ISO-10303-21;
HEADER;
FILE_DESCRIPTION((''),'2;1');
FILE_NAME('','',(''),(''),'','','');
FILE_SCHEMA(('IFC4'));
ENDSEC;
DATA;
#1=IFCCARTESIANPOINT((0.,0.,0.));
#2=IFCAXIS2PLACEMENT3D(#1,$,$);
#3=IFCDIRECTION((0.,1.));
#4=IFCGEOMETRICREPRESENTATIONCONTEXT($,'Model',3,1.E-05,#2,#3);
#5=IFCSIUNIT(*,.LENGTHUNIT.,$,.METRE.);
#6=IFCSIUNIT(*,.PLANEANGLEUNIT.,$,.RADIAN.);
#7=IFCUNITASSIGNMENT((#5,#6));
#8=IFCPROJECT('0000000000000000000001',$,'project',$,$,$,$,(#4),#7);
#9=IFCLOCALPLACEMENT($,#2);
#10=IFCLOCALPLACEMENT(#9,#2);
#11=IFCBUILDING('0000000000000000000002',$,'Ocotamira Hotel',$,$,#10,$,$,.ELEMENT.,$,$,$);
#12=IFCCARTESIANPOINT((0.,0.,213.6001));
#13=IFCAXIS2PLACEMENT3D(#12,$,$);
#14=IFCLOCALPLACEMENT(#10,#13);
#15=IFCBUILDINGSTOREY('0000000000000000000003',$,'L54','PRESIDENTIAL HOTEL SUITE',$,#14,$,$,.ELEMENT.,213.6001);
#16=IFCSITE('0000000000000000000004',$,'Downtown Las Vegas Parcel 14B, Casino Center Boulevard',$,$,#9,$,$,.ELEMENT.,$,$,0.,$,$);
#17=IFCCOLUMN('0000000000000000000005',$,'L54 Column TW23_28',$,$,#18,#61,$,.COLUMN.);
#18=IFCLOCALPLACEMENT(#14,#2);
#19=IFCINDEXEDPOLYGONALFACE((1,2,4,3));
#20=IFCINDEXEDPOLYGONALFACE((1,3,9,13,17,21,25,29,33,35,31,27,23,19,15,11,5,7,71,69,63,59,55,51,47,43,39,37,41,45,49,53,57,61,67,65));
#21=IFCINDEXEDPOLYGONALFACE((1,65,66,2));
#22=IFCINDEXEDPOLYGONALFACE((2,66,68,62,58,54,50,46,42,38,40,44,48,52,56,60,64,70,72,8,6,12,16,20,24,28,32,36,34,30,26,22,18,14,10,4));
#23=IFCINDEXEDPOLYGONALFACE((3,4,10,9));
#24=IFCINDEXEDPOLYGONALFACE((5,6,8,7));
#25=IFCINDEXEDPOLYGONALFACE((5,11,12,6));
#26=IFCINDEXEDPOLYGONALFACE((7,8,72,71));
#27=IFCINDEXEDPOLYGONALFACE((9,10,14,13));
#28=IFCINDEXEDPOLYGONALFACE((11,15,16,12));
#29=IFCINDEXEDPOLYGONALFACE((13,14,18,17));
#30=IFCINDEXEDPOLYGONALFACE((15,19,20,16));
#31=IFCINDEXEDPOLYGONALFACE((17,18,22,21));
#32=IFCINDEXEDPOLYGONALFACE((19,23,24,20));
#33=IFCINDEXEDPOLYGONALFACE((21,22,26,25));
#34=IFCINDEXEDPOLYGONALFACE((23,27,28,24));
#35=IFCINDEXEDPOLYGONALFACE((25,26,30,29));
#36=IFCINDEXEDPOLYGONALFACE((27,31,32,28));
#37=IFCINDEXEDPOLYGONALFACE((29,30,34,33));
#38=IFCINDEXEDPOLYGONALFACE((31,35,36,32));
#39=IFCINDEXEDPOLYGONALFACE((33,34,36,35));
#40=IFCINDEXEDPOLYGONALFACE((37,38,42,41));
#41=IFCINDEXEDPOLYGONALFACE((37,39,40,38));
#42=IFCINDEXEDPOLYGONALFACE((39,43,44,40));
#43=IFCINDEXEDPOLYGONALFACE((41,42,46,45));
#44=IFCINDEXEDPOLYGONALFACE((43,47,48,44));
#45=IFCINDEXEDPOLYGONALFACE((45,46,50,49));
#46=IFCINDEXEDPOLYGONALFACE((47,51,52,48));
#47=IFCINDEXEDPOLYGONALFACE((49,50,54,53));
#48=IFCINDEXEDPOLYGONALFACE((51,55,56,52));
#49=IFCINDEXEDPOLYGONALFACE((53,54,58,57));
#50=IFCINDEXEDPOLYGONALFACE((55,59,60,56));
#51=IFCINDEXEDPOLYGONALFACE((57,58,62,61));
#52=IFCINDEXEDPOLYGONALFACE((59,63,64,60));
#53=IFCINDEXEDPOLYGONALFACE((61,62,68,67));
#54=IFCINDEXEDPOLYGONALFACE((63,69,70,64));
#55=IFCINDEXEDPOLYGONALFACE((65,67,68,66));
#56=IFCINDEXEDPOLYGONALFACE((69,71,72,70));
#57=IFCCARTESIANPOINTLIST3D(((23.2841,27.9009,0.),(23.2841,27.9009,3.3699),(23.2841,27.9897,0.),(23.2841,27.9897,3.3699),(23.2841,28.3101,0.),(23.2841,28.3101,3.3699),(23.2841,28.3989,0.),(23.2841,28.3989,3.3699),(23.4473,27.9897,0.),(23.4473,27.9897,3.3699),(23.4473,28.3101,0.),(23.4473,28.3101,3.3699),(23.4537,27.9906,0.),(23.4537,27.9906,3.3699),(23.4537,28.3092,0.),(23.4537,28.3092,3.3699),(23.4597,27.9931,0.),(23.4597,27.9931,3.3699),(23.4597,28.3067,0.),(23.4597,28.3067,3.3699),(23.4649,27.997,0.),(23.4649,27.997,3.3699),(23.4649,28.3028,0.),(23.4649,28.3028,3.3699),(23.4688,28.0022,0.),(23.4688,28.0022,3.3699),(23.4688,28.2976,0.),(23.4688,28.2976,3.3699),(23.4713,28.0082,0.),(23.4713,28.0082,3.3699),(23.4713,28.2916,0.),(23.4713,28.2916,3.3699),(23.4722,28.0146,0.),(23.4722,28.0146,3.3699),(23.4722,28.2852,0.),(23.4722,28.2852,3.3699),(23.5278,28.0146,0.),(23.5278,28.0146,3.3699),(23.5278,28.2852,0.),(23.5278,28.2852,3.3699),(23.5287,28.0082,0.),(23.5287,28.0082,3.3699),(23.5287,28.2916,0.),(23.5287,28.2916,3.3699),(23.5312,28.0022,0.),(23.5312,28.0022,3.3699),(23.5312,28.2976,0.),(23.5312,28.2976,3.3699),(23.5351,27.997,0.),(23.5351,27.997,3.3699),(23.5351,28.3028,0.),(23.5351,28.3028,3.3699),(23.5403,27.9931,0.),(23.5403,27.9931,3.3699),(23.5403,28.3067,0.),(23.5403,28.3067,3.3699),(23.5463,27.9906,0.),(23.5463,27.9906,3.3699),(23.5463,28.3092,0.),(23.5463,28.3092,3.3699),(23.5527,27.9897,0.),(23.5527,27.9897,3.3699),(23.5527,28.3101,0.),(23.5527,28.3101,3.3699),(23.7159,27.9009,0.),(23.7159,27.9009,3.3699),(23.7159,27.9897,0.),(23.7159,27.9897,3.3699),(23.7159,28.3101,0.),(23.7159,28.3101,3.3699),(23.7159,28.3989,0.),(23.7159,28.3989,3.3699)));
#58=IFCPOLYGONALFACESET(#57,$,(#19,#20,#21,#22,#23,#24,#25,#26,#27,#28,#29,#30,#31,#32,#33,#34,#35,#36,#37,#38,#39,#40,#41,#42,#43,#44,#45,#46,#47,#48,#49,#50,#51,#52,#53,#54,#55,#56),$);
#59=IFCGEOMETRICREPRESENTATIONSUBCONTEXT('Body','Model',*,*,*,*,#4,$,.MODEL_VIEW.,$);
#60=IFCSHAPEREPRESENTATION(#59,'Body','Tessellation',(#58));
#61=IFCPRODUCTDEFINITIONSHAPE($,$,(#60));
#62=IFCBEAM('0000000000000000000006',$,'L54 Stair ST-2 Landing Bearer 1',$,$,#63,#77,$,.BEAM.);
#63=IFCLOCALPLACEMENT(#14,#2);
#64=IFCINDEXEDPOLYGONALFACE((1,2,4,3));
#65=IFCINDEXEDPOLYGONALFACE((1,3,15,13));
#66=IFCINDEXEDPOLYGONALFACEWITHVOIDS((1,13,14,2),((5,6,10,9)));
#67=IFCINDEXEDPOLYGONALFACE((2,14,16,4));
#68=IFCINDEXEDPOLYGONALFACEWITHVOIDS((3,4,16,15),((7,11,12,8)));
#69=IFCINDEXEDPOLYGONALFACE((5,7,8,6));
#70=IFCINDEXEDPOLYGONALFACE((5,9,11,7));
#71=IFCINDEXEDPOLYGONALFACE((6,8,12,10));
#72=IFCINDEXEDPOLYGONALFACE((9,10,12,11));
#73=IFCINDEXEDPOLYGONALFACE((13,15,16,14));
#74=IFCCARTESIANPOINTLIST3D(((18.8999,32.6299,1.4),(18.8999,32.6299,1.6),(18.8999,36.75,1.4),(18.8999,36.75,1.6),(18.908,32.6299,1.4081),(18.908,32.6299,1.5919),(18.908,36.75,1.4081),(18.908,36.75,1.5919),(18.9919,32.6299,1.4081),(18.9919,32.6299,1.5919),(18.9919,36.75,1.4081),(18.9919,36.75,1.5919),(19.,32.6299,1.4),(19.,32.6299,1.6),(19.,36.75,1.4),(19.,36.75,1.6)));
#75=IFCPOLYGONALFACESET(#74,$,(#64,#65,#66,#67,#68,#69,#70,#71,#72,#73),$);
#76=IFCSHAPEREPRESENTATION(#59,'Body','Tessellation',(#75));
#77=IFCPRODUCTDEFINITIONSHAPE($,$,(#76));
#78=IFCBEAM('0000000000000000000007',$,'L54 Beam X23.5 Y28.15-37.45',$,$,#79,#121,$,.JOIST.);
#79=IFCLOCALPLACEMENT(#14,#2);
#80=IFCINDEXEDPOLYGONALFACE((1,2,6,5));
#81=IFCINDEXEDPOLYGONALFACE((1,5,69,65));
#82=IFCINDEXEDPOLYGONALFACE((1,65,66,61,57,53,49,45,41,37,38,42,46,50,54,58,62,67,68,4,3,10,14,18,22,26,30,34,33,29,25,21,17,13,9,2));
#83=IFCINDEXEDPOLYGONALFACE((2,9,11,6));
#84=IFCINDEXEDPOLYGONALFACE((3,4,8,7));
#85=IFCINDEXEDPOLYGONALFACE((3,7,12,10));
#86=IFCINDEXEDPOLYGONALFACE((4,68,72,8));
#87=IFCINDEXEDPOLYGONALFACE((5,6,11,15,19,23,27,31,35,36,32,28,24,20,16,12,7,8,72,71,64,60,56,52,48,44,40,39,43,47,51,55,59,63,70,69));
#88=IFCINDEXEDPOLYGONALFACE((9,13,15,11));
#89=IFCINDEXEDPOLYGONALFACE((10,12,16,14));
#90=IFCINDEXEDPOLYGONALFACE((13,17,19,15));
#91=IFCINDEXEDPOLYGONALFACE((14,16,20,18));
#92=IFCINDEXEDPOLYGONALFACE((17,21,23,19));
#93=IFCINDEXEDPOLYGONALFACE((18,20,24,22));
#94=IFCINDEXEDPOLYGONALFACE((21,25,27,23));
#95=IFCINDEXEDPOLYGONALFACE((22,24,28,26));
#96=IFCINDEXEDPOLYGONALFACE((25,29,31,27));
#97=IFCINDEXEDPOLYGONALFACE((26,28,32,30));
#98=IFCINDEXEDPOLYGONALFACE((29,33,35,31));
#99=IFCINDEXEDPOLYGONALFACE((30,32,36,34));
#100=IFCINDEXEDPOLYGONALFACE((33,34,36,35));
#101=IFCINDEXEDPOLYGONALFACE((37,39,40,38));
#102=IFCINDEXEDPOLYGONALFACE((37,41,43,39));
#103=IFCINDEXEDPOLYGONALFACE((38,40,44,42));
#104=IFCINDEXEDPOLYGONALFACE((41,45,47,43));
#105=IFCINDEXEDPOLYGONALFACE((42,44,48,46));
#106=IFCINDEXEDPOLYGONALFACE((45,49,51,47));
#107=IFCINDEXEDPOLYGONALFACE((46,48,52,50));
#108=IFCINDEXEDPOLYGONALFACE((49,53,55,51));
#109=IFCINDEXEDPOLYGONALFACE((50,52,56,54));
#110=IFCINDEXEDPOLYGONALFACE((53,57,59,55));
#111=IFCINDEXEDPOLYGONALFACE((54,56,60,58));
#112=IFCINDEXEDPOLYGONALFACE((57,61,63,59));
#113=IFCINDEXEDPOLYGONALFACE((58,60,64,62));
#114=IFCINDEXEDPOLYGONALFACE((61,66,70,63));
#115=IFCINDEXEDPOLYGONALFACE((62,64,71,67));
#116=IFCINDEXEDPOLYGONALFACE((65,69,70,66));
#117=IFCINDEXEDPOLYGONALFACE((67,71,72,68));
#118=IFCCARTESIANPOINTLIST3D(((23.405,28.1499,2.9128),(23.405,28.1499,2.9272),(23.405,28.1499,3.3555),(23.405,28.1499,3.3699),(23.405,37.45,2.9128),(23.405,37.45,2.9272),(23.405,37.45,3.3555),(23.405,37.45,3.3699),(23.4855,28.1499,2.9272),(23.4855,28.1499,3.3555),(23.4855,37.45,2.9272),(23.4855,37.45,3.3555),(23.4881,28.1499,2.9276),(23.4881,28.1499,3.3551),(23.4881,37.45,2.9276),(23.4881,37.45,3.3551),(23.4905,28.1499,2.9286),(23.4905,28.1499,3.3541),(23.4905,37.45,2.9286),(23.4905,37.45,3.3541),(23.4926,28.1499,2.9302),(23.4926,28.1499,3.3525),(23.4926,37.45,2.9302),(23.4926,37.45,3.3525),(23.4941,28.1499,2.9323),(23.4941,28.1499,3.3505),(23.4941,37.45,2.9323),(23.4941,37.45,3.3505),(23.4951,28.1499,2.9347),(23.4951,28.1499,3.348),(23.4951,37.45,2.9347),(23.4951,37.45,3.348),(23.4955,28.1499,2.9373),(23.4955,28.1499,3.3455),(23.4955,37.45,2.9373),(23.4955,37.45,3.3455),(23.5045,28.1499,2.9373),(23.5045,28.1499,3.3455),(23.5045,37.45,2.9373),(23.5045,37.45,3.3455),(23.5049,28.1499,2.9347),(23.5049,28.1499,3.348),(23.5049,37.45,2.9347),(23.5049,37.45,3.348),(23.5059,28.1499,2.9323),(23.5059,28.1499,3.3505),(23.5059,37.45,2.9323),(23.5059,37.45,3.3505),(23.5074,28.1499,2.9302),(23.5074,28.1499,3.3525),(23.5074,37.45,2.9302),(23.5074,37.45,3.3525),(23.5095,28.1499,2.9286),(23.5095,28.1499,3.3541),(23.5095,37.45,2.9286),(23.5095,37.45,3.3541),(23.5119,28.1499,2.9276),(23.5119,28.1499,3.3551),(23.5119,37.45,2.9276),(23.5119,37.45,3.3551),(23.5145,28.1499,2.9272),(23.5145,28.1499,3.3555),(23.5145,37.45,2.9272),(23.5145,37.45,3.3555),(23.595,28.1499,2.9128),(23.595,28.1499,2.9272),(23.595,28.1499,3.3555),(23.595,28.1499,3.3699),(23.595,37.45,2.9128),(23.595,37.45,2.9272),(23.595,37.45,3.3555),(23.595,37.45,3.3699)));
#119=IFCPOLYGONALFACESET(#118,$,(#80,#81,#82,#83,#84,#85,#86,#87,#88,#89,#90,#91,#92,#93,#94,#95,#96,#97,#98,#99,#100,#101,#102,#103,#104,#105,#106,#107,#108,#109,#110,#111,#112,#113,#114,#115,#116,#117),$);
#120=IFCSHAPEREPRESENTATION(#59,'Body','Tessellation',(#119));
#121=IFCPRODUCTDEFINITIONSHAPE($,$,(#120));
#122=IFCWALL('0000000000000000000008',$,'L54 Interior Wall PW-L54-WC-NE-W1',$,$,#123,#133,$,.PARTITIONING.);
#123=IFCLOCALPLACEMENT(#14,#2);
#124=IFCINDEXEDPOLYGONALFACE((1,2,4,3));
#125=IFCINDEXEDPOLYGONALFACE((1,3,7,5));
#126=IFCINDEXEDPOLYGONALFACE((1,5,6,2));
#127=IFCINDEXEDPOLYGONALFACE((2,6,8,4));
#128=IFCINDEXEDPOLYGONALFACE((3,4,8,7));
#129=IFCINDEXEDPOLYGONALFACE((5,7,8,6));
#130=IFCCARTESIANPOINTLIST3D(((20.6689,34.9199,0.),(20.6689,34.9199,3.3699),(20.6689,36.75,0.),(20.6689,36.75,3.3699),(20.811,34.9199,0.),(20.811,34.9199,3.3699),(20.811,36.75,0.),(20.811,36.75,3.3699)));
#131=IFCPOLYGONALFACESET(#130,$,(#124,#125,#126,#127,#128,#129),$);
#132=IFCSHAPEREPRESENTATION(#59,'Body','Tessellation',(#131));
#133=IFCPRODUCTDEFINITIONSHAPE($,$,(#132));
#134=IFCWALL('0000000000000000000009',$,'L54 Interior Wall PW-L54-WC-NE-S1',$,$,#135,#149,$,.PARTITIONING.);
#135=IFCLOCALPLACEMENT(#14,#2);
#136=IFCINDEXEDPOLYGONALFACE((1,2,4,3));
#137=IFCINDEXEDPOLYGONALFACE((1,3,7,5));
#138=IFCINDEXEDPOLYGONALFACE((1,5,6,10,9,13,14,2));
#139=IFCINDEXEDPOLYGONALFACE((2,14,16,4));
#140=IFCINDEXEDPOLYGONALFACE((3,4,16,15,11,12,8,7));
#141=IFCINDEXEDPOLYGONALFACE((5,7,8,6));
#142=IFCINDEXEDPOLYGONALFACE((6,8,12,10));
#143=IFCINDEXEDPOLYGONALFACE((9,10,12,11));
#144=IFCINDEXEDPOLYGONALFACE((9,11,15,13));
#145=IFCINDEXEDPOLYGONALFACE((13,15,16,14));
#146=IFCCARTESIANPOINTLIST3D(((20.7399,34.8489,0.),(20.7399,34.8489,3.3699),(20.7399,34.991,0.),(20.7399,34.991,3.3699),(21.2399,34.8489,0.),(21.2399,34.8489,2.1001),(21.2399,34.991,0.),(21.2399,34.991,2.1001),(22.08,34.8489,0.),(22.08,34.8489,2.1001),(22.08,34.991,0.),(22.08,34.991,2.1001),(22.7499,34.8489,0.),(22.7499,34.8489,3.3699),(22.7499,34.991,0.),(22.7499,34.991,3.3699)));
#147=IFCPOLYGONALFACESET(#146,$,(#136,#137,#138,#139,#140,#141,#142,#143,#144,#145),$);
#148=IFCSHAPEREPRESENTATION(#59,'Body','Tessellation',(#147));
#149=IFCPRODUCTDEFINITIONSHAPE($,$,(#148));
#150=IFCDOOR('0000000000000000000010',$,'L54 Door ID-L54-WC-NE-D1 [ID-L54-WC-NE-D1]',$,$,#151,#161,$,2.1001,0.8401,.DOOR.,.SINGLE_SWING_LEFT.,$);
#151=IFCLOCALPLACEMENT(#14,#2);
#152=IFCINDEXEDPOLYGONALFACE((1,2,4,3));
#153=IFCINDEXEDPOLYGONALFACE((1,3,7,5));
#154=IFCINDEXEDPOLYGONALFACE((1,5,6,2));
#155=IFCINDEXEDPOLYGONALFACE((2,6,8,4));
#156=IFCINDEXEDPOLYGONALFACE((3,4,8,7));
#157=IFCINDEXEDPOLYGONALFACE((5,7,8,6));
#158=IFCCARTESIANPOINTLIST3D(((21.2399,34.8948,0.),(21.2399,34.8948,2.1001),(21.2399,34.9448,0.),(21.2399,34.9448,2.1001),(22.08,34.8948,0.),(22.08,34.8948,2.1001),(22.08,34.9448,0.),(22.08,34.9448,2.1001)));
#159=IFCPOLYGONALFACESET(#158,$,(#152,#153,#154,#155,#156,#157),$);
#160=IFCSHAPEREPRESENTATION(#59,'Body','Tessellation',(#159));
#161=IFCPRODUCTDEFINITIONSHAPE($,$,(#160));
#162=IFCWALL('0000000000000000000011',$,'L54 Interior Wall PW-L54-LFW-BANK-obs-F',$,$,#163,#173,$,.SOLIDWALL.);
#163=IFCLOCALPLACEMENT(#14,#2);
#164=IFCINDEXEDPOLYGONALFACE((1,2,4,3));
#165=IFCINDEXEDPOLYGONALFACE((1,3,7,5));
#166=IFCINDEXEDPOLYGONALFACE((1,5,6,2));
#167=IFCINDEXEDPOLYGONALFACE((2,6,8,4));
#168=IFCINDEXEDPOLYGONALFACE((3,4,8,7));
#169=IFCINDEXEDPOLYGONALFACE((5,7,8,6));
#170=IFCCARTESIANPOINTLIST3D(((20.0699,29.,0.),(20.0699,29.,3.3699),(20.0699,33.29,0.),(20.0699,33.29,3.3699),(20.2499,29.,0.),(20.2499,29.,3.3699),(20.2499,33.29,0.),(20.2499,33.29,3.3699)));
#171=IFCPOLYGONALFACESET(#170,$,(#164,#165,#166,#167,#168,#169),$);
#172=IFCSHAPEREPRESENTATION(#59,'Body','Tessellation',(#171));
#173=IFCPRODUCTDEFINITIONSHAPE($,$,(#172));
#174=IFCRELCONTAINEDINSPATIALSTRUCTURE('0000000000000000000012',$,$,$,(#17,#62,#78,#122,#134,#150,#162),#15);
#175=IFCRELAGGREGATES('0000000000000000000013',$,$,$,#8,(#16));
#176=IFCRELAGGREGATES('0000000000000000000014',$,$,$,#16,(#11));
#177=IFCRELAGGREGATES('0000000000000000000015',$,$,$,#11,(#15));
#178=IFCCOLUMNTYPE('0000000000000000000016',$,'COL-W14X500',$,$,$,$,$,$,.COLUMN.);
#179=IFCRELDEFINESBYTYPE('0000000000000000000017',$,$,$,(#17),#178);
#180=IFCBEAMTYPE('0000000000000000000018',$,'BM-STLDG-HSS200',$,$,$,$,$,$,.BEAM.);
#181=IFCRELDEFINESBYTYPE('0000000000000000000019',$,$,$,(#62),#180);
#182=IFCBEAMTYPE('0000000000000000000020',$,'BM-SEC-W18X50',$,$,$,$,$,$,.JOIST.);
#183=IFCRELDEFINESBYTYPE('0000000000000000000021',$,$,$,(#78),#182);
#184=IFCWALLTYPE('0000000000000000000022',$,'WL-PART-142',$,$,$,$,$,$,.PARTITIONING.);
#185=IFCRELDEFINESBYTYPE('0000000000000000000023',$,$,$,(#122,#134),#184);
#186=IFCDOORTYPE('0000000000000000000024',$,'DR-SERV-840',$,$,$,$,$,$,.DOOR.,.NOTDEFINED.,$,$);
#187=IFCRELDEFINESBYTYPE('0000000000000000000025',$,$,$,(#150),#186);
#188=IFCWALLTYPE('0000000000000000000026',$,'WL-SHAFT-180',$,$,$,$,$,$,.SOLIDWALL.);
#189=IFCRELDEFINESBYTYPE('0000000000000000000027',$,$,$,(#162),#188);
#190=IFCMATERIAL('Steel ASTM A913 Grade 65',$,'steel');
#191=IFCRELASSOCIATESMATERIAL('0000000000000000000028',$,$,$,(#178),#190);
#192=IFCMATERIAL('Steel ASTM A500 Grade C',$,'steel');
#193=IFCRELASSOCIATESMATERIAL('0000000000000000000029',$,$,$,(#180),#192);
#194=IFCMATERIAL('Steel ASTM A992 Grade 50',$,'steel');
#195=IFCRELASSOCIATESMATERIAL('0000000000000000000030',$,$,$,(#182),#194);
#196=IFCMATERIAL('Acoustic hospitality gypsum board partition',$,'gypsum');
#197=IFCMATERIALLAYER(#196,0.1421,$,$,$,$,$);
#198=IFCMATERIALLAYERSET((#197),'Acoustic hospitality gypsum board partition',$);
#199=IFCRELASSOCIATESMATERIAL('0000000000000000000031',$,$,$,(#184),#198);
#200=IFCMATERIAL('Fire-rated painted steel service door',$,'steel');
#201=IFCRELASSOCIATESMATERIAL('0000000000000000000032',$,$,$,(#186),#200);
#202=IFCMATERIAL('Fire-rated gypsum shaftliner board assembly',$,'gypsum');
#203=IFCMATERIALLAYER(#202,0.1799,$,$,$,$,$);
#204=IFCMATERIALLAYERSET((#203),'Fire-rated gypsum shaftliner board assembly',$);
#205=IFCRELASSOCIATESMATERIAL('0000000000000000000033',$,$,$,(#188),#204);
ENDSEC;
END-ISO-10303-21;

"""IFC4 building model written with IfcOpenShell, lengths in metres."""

from ifc_helpers import new_model, si_unit, direction, frame, frame_2d, origin, origin_2d, place, context, subcontext, project, spatial, rectangle, hollow_rectangle, i_section, extrude, source, transform, mapped, material, layer, layer_set, material_profile, profile_set, type_object, element, fill, save


model = new_model("IFC4")

# Units and contexts
model_context = context("Model", 3, precision=1e-05, world=origin(), true_north=direction((0.0, 1.0)))
body_context = subcontext(model_context, "Body", "Model", "MODEL_VIEW")
ifc_project = project(units=[si_unit("LENGTHUNIT", "METRE"), si_unit("PLANEANGLEUNIT", "RADIAN")], contexts=[model_context])

# Site, building, storey
site_placement = place(None, origin())
site = spatial("IfcSite", under=ifc_project, at=site_placement, Name="Downtown Las Vegas Parcel 14B, Casino Center Boulevard", CompositionType="ELEMENT", RefElevation=0.0)
building_placement = place(site_placement, origin())
building = spatial("IfcBuilding", under=site, at=building_placement, Name="Ocotamira Hotel", CompositionType="ELEMENT")
storey_placement = place(building_placement, frame((0.0, 0.0, 213.6001)))
storey = spatial("IfcBuildingStorey", under=building, at=storey_placement, Name="L54", Description="PRESIDENTIAL HOTEL SUITE", CompositionType="ELEMENT", Elevation=213.6001)

# Column
ifc_material_1 = material(Name="Steel ASTM A913 Grade 65", Category="steel")
ifc_material_profile_1 = material_profile(ifc_material_1, i_section(OverallWidth=0.4319, OverallDepth=0.498, WebThickness=0.0557, FlangeThickness=0.0889, FilletRadius=0.0249, at=origin_2d()), Name="W14X500")
ifc_profile_set_1 = profile_set([ifc_material_profile_1], Name="Steel ASTM A913 Grade 65")
column_type = type_object("IfcColumnType", Name="COL-W14X500", PredefinedType="COLUMN", material=ifc_profile_set_1)
shared_shape_1 = source(origin(), body_context, "Body", "SweptSolid", [
    extrude(i_section(OverallWidth=0.4319, OverallDepth=0.498, WebThickness=0.0557, FlangeThickness=0.0889, FilletRadius=0.0249, at=origin_2d()), origin(), (0.0, 0.0, 1.0), 3.3699),
])
column_placement = place(storey_placement, frame((23.5, 28.1499, 0.0), z_axis=(0.0, 0.0, 1.0), x_axis=(1.0, 0.0, 0.0)))
element("IfcColumn", 1, at=column_placement, inside=storey, type_object=column_type, Name="L54 Column TW23_28", PredefinedType="COLUMN", context=body_context, shape_type="MappedRepresentation", body=[
    mapped(shared_shape_1, transform((0.0, 0.0, 0.0), scale=1.0)),
])

# Beams
ifc_material_2 = material(Name="Steel ASTM A500 Grade C", Category="steel")
ifc_material_profile_2 = material_profile(ifc_material_2, hollow_rectangle(XDim=0.1001, YDim=0.2, WallThickness=0.0081, at=origin_2d()), Name="HSS200X100X8")
ifc_profile_set_2 = profile_set([ifc_material_profile_2], Name="Steel ASTM A500 Grade C")
beam_type_1 = type_object("IfcBeamType", Name="BM-STLDG-HSS200", PredefinedType="BEAM", material=ifc_profile_set_2)
shared_shape_2 = source(origin(), body_context, "Body", "SweptSolid", [
    extrude(hollow_rectangle(XDim=0.1001, YDim=0.2, WallThickness=0.0081, at=origin_2d()), origin(), (0.0, 0.0, 1.0), 4.1201),
])
beam_1_placement = place(storey_placement, frame((18.95, 32.6299, 1.5), z_axis=(0.0, 1.0, 0.0), x_axis=(-1.0, 0.0, 0.0)))
element("IfcBeam", 2, at=beam_1_placement, inside=storey, type_object=beam_type_1, Name="L54 Stair ST-2 Landing Bearer 1", PredefinedType="BEAM", context=body_context, shape_type="MappedRepresentation", body=[
    mapped(shared_shape_2, transform((0.0, 0.0, 0.0), scale=1.0)),
])
ifc_material_3 = material(Name="Steel ASTM A992 Grade 50", Category="steel")
ifc_material_profile_3 = material_profile(ifc_material_3, i_section(OverallWidth=0.1899, OverallDepth=0.457, WebThickness=0.009, FlangeThickness=0.0144, FilletRadius=0.01, at=origin_2d()), Name="W18X50")
ifc_profile_set_3 = profile_set([ifc_material_profile_3], Name="Steel ASTM A992 Grade 50")
beam_type_2 = type_object("IfcBeamType", Name="BM-SEC-W18X50", PredefinedType="JOIST", material=ifc_profile_set_3)
shared_shape_3 = source(origin(), body_context, "Body", "SweptSolid", [
    extrude(i_section(OverallWidth=0.1899, OverallDepth=0.457, WebThickness=0.009, FlangeThickness=0.0144, FilletRadius=0.01, at=origin_2d()), origin(), (0.0, 0.0, 1.0), 9.3),
])
beam_2_placement = place(storey_placement, frame((23.5, 28.1499, 3.1414), z_axis=(0.0, 1.0, 0.0), x_axis=(-1.0, 0.0, 0.0)))
element("IfcBeam", 3, at=beam_2_placement, inside=storey, type_object=beam_type_2, Name="L54 Beam X23.5 Y28.15-37.45", PredefinedType="JOIST", context=body_context, shape_type="MappedRepresentation", body=[
    mapped(shared_shape_3, transform((0.0, 0.0, 0.0), scale=1.0)),
])

# Wall
ifc_material_4 = material(Name="Acoustic hospitality gypsum board partition", Category="gypsum")
ifc_layer_1 = layer(ifc_material_4, 0.1421)
ifc_layer_set_1 = layer_set([ifc_layer_1], Name="Acoustic hospitality gypsum board partition")
wall_type_1 = type_object("IfcWallType", Name="WL-PART-142", PredefinedType="PARTITIONING", material=ifc_layer_set_1)
wall_1_placement = place(storey_placement, frame((20.74, 34.9199, 0.0), z_axis=(0.0, 0.0, 1.0), x_axis=(0.0, 1.0, 0.0)))
element("IfcWall", 4, at=wall_1_placement, inside=storey, type_object=wall_type_1, Name="L54 Interior Wall PW-L54-WC-NE-W1", PredefinedType="PARTITIONING", context=body_context, shape_type="SweptSolid", body=[
    extrude(rectangle(XDim=1.8301, YDim=0.1421, at=frame_2d((0.915, 0.0))), origin(), (0.0, 0.0, 1.0), 3.3699),
])

# Wall, opening, door
wall_2_placement = place(storey_placement, frame((20.74, 34.9199, 0.0), z_axis=(0.0, 0.0, 1.0), x_axis=(1.0, 0.0, 0.0)))
wall_2 = element("IfcWall", 5, at=wall_2_placement, inside=storey, type_object=wall_type_1, Name="L54 Interior Wall PW-L54-WC-NE-S1", PredefinedType="PARTITIONING", context=body_context, shape_type="SweptSolid", body=[
    extrude(rectangle(XDim=2.01, YDim=0.1421, at=frame_2d((1.0049, 0.0))), origin(), (0.0, 0.0, 1.0), 3.3699),
])
opening_1_placement = place(wall_2_placement, frame((0.5, 0.0, 0.0)))
opening_1 = element("IfcOpeningElement", 6, at=opening_1_placement, cuts=wall_2, PredefinedType="OPENING", context=body_context, shape_type="SweptSolid", body=[
    extrude(rectangle(XDim=0.8401, YDim=2.1001, at=frame_2d((0.4199, 1.05))), frame((0.0, 0.0811, 0.0), z_axis=(0.0, -1.0, 0.0), x_axis=(1.0, 0.0, 0.0)), (0.0, 0.0, 1.0), 0.1621),
])
ifc_material_5 = material(Name="Fire-rated painted steel service door", Category="steel")
door_type_1 = type_object("IfcDoorType", Name="DR-SERV-840", OperationType="NOTDEFINED", PredefinedType="DOOR", material=ifc_material_5)
shared_shape_4 = source(origin(), body_context, "Body", "SweptSolid", [
    extrude(rectangle(XDim=0.8401, YDim=2.1001, at=frame_2d((0.4199, 1.05))), frame((0.0, 0.0249, 0.0), z_axis=(0.0, -1.0, 0.0), x_axis=(1.0, 0.0, 0.0)), (0.0, 0.0, 1.0), 0.05),
])
door_1_placement = place(opening_1_placement, origin())
door_1 = element("IfcDoor", 7, at=door_1_placement, inside=storey, type_object=door_type_1, Name="L54 Door ID-L54-WC-NE-D1 [ID-L54-WC-NE-D1]", OperationType="SINGLE_SWING_LEFT", OverallHeight=2.1001, OverallWidth=0.8401, PredefinedType="DOOR", context=body_context, shape_type="MappedRepresentation", body=[
    mapped(shared_shape_4, transform((0.0, 0.0, 0.0), scale=1.0)),
])
fill(opening_1, door_1)

# Wall
ifc_material_6 = material(Name="Fire-rated gypsum shaftliner board assembly", Category="gypsum")
ifc_layer_2 = layer(ifc_material_6, 0.1799)
ifc_layer_set_2 = layer_set([ifc_layer_2], Name="Fire-rated gypsum shaftliner board assembly")
wall_type_2 = type_object("IfcWallType", Name="WL-SHAFT-180", PredefinedType="SOLIDWALL", material=ifc_layer_set_2)
wall_3_placement = place(storey_placement, frame((20.1599, 29.0, 0.0), z_axis=(0.0, 0.0, 1.0), x_axis=(0.0, 1.0, 0.0)))
element("IfcWall", 8, at=wall_3_placement, inside=storey, type_object=wall_type_2, Name="L54 Interior Wall PW-L54-LFW-BANK-obs-F", PredefinedType="SOLIDWALL", context=body_context, shape_type="SweptSolid", body=[
    extrude(rectangle(XDim=4.29, YDim=0.1799, at=frame_2d((2.145, 0.0))), origin(), (0.0, 0.0, 1.0), 3.3699),
])

save(model, "model.ifc")
